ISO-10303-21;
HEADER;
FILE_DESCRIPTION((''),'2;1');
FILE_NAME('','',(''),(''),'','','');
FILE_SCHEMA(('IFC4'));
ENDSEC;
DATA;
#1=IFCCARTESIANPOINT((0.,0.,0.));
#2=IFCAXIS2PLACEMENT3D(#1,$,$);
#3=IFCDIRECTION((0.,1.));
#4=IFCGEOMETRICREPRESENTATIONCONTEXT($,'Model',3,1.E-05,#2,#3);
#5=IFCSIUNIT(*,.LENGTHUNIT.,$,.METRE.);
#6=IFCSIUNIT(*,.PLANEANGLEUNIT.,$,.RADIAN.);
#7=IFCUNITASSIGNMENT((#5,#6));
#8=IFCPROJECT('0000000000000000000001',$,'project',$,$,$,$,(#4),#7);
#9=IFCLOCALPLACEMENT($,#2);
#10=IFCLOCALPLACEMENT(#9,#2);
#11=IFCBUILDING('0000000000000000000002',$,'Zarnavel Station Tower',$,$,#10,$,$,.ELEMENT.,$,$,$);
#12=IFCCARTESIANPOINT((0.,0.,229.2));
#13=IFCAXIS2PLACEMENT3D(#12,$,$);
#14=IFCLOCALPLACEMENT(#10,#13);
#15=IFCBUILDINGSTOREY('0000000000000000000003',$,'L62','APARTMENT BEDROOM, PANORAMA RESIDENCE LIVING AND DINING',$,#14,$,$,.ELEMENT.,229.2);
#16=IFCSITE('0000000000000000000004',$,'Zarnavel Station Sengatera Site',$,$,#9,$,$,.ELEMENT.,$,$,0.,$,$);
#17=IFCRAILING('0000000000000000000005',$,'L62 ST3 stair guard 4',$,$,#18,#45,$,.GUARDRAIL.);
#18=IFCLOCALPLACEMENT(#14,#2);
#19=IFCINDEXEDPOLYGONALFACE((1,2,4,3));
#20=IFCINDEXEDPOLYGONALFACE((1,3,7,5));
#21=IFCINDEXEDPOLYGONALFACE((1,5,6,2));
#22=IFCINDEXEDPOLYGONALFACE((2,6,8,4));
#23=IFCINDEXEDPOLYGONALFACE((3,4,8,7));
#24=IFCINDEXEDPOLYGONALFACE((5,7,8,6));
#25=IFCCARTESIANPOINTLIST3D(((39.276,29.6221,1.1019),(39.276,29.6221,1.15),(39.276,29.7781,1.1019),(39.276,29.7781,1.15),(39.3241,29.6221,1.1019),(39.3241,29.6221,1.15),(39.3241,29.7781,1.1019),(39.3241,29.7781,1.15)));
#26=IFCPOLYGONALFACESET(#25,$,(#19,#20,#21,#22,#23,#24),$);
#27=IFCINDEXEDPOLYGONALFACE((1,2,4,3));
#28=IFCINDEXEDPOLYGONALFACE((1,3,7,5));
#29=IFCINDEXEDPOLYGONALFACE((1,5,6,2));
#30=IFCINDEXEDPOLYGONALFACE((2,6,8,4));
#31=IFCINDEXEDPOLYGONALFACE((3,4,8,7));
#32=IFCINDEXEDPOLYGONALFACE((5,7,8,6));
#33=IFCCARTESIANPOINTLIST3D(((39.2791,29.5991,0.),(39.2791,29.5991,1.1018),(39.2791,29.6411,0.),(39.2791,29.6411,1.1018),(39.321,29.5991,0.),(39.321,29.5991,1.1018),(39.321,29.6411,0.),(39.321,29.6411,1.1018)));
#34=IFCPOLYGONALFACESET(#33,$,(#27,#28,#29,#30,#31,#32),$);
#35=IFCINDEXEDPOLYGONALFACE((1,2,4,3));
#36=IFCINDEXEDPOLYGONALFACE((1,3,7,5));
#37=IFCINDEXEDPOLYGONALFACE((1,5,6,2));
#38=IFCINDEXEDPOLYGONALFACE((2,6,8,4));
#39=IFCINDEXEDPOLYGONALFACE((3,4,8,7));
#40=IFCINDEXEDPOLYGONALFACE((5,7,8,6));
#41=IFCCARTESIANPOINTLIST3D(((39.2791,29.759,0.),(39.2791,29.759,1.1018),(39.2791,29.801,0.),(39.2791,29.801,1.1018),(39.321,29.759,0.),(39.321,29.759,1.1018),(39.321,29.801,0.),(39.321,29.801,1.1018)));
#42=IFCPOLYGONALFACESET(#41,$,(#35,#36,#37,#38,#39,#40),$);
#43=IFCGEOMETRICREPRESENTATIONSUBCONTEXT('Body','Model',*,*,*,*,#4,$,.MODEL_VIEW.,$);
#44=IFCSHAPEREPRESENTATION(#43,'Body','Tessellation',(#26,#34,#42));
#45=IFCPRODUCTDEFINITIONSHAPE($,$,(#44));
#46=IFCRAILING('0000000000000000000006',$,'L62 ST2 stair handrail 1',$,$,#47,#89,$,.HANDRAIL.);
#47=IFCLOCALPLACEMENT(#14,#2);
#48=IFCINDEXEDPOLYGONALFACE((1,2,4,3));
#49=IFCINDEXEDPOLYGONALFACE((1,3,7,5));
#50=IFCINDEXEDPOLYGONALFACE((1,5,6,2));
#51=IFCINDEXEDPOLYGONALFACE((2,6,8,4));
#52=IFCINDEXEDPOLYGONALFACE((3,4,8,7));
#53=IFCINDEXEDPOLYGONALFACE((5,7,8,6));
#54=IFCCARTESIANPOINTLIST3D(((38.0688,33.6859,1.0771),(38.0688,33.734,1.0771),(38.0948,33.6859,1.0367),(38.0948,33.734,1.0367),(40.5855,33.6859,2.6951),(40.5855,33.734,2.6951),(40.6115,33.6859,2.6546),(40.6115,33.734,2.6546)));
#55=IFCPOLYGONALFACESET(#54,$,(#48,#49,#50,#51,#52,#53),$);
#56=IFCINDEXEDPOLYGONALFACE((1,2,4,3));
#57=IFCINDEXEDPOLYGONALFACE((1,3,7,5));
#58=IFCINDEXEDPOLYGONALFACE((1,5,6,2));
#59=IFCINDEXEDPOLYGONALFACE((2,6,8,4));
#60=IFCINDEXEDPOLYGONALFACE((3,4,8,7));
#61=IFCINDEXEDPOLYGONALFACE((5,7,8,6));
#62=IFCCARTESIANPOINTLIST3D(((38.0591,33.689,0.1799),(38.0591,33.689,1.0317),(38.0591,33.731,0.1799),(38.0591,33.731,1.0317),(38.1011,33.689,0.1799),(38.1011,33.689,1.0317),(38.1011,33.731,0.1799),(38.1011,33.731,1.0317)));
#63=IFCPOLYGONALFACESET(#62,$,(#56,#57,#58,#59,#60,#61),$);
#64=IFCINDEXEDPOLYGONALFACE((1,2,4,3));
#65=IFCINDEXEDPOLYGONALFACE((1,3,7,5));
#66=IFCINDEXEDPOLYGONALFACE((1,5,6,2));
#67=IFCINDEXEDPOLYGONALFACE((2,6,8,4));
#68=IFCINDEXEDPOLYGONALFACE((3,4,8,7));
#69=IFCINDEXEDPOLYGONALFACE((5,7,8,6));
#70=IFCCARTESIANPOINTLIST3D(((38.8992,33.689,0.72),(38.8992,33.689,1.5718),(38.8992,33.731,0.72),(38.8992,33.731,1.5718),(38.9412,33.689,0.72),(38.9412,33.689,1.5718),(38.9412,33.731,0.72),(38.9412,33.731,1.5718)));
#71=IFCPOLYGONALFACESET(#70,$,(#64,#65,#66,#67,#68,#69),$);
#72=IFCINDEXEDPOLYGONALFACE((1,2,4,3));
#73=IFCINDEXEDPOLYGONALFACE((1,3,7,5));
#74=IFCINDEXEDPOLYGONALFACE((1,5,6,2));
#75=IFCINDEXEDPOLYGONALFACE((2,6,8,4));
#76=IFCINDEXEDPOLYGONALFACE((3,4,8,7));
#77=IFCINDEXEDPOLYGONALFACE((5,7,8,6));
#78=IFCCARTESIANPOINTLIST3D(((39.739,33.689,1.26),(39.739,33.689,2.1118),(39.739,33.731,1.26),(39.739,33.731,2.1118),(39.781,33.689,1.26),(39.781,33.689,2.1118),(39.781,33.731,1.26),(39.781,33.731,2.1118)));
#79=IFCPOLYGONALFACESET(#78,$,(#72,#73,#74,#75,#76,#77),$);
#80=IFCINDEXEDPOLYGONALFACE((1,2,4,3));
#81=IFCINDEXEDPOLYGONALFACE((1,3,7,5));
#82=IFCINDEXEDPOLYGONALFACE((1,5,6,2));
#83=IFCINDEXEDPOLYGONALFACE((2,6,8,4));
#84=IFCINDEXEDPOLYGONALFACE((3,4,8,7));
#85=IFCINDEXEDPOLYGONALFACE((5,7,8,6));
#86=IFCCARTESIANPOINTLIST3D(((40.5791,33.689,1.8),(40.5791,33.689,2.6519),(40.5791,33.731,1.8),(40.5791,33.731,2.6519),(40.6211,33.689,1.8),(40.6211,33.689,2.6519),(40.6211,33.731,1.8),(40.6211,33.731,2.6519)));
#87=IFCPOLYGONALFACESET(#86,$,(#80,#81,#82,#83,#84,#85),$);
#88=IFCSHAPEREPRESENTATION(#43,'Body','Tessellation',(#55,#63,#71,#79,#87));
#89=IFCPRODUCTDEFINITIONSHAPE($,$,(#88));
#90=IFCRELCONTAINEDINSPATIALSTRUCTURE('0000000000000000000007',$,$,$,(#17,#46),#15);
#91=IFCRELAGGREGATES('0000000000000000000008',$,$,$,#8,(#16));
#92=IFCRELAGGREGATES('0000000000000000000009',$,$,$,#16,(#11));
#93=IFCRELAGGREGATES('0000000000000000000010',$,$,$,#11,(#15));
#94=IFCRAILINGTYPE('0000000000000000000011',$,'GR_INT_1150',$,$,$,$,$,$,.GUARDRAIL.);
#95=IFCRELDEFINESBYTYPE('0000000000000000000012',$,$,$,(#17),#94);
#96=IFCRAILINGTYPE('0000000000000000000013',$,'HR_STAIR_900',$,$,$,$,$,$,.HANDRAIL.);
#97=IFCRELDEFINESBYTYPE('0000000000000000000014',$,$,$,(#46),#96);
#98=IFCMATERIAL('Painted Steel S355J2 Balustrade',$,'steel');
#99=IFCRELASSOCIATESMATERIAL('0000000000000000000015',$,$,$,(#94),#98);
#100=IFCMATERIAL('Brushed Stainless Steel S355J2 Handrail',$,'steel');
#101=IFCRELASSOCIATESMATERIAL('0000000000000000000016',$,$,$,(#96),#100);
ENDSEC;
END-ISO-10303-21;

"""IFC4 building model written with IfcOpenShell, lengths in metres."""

from ifc_helpers import new_model, si_unit, direction, frame, origin, origin_2d, place, context, subcontext, project, spatial, rectangle, extrude, material, type_object, element, save


model = new_model("IFC4")

# Units and contexts
model_context = context("Model", 3, precision=1e-05, world=origin(), true_north=direction((0.0, 1.0)))
body_context = subcontext(model_context, "Body", "Model", "MODEL_VIEW")
ifc_project = project(units=[si_unit("LENGTHUNIT", "METRE"), si_unit("PLANEANGLEUNIT", "RADIAN")], contexts=[model_context])

# Site, building, storey
site_placement = place(None, origin())
site = spatial("IfcSite", under=ifc_project, at=site_placement, Name="Zarnavel Station Sengatera Site", CompositionType="ELEMENT", RefElevation=0.0)
building_placement = place(site_placement, origin())
building = spatial("IfcBuilding", under=site, at=building_placement, Name="Zarnavel Station Tower", CompositionType="ELEMENT")
storey_placement = place(building_placement, frame((0.0, 0.0, 229.2)))
storey = spatial("IfcBuildingStorey", under=building, at=storey_placement, Name="L62", Description="APARTMENT BEDROOM, PANORAMA RESIDENCE LIVING AND DINING", CompositionType="ELEMENT", Elevation=229.2)

# Railings
ifc_material_1 = material(Name="Painted Steel S355J2 Balustrade", Category="steel")
railing_type_1 = type_object("IfcRailingType", Name="GR_INT_1150", PredefinedType="GUARDRAIL", material=ifc_material_1)
railing_1_placement = place(storey_placement, frame((39.3, 29.6201, 0.0)))
element("IfcRailing", 1, at=railing_1_placement, inside=storey, type_object=railing_type_1, Name="L62 ST3 stair guard 4", PredefinedType="GUARDRAIL", context=body_context, shape_type="SweptSolid", body=[
    extrude(rectangle(XDim=0.0481, YDim=0.0481, at=origin_2d()), frame((0.0, 0.002, 1.126), z_axis=(0.0, 1.0, 0.0), x_axis=(-1.0, 0.0, 0.0)), (0.0, 0.0, 1.0), 0.156),
    extrude(rectangle(XDim=0.042, YDim=0.042, at=origin_2d()), origin(), (0.0, 0.0, 1.0), 1.1018),
    extrude(rectangle(XDim=0.042, YDim=0.042, at=origin_2d()), frame((0.0, 0.1599, 0.0)), (0.0, 0.0, 1.0), 1.1018),
])
ifc_material_2 = material(Name="Brushed Stainless Steel S355J2 Handrail", Category="steel")
railing_type_2 = type_object("IfcRailingType", Name="HR_STAIR_900", PredefinedType="HANDRAIL", material=ifc_material_2)
railing_2_placement = place(storey_placement, frame((38.0801, 33.71, 0.1799)))
element("IfcRailing", 2, at=railing_2_placement, inside=storey, type_object=railing_type_2, Name="L62 ST2 stair handrail 1", PredefinedType="HANDRAIL", context=body_context, shape_type="SweptSolid", body=[
    extrude(rectangle(XDim=0.0481, YDim=0.0481, at=origin_2d()), frame((0.0017, 0.0, 0.877), z_axis=(0.841163, 0.0, 0.540782), x_axis=(0.0, 1.0, 0.0)), (0.0, 0.0, 1.0), 2.9919),
    extrude(rectangle(XDim=0.042, YDim=0.042, at=origin_2d()), origin(), (0.0, 0.0, 1.0), 0.8518),
    extrude(rectangle(XDim=0.042, YDim=0.042, at=origin_2d()), frame((0.8401, 0.0, 0.54)), (0.0, 0.0, 1.0), 0.8518),
    extrude(rectangle(XDim=0.042, YDim=0.042, at=origin_2d()), frame((1.6799, 0.0, 1.0801)), (0.0, 0.0, 1.0), 0.8518),
    extrude(rectangle(XDim=0.042, YDim=0.042, at=origin_2d()), frame((2.52, 0.0, 1.6201)), (0.0, 0.0, 1.0), 0.8518),
])

save(model, "model.ifc")
